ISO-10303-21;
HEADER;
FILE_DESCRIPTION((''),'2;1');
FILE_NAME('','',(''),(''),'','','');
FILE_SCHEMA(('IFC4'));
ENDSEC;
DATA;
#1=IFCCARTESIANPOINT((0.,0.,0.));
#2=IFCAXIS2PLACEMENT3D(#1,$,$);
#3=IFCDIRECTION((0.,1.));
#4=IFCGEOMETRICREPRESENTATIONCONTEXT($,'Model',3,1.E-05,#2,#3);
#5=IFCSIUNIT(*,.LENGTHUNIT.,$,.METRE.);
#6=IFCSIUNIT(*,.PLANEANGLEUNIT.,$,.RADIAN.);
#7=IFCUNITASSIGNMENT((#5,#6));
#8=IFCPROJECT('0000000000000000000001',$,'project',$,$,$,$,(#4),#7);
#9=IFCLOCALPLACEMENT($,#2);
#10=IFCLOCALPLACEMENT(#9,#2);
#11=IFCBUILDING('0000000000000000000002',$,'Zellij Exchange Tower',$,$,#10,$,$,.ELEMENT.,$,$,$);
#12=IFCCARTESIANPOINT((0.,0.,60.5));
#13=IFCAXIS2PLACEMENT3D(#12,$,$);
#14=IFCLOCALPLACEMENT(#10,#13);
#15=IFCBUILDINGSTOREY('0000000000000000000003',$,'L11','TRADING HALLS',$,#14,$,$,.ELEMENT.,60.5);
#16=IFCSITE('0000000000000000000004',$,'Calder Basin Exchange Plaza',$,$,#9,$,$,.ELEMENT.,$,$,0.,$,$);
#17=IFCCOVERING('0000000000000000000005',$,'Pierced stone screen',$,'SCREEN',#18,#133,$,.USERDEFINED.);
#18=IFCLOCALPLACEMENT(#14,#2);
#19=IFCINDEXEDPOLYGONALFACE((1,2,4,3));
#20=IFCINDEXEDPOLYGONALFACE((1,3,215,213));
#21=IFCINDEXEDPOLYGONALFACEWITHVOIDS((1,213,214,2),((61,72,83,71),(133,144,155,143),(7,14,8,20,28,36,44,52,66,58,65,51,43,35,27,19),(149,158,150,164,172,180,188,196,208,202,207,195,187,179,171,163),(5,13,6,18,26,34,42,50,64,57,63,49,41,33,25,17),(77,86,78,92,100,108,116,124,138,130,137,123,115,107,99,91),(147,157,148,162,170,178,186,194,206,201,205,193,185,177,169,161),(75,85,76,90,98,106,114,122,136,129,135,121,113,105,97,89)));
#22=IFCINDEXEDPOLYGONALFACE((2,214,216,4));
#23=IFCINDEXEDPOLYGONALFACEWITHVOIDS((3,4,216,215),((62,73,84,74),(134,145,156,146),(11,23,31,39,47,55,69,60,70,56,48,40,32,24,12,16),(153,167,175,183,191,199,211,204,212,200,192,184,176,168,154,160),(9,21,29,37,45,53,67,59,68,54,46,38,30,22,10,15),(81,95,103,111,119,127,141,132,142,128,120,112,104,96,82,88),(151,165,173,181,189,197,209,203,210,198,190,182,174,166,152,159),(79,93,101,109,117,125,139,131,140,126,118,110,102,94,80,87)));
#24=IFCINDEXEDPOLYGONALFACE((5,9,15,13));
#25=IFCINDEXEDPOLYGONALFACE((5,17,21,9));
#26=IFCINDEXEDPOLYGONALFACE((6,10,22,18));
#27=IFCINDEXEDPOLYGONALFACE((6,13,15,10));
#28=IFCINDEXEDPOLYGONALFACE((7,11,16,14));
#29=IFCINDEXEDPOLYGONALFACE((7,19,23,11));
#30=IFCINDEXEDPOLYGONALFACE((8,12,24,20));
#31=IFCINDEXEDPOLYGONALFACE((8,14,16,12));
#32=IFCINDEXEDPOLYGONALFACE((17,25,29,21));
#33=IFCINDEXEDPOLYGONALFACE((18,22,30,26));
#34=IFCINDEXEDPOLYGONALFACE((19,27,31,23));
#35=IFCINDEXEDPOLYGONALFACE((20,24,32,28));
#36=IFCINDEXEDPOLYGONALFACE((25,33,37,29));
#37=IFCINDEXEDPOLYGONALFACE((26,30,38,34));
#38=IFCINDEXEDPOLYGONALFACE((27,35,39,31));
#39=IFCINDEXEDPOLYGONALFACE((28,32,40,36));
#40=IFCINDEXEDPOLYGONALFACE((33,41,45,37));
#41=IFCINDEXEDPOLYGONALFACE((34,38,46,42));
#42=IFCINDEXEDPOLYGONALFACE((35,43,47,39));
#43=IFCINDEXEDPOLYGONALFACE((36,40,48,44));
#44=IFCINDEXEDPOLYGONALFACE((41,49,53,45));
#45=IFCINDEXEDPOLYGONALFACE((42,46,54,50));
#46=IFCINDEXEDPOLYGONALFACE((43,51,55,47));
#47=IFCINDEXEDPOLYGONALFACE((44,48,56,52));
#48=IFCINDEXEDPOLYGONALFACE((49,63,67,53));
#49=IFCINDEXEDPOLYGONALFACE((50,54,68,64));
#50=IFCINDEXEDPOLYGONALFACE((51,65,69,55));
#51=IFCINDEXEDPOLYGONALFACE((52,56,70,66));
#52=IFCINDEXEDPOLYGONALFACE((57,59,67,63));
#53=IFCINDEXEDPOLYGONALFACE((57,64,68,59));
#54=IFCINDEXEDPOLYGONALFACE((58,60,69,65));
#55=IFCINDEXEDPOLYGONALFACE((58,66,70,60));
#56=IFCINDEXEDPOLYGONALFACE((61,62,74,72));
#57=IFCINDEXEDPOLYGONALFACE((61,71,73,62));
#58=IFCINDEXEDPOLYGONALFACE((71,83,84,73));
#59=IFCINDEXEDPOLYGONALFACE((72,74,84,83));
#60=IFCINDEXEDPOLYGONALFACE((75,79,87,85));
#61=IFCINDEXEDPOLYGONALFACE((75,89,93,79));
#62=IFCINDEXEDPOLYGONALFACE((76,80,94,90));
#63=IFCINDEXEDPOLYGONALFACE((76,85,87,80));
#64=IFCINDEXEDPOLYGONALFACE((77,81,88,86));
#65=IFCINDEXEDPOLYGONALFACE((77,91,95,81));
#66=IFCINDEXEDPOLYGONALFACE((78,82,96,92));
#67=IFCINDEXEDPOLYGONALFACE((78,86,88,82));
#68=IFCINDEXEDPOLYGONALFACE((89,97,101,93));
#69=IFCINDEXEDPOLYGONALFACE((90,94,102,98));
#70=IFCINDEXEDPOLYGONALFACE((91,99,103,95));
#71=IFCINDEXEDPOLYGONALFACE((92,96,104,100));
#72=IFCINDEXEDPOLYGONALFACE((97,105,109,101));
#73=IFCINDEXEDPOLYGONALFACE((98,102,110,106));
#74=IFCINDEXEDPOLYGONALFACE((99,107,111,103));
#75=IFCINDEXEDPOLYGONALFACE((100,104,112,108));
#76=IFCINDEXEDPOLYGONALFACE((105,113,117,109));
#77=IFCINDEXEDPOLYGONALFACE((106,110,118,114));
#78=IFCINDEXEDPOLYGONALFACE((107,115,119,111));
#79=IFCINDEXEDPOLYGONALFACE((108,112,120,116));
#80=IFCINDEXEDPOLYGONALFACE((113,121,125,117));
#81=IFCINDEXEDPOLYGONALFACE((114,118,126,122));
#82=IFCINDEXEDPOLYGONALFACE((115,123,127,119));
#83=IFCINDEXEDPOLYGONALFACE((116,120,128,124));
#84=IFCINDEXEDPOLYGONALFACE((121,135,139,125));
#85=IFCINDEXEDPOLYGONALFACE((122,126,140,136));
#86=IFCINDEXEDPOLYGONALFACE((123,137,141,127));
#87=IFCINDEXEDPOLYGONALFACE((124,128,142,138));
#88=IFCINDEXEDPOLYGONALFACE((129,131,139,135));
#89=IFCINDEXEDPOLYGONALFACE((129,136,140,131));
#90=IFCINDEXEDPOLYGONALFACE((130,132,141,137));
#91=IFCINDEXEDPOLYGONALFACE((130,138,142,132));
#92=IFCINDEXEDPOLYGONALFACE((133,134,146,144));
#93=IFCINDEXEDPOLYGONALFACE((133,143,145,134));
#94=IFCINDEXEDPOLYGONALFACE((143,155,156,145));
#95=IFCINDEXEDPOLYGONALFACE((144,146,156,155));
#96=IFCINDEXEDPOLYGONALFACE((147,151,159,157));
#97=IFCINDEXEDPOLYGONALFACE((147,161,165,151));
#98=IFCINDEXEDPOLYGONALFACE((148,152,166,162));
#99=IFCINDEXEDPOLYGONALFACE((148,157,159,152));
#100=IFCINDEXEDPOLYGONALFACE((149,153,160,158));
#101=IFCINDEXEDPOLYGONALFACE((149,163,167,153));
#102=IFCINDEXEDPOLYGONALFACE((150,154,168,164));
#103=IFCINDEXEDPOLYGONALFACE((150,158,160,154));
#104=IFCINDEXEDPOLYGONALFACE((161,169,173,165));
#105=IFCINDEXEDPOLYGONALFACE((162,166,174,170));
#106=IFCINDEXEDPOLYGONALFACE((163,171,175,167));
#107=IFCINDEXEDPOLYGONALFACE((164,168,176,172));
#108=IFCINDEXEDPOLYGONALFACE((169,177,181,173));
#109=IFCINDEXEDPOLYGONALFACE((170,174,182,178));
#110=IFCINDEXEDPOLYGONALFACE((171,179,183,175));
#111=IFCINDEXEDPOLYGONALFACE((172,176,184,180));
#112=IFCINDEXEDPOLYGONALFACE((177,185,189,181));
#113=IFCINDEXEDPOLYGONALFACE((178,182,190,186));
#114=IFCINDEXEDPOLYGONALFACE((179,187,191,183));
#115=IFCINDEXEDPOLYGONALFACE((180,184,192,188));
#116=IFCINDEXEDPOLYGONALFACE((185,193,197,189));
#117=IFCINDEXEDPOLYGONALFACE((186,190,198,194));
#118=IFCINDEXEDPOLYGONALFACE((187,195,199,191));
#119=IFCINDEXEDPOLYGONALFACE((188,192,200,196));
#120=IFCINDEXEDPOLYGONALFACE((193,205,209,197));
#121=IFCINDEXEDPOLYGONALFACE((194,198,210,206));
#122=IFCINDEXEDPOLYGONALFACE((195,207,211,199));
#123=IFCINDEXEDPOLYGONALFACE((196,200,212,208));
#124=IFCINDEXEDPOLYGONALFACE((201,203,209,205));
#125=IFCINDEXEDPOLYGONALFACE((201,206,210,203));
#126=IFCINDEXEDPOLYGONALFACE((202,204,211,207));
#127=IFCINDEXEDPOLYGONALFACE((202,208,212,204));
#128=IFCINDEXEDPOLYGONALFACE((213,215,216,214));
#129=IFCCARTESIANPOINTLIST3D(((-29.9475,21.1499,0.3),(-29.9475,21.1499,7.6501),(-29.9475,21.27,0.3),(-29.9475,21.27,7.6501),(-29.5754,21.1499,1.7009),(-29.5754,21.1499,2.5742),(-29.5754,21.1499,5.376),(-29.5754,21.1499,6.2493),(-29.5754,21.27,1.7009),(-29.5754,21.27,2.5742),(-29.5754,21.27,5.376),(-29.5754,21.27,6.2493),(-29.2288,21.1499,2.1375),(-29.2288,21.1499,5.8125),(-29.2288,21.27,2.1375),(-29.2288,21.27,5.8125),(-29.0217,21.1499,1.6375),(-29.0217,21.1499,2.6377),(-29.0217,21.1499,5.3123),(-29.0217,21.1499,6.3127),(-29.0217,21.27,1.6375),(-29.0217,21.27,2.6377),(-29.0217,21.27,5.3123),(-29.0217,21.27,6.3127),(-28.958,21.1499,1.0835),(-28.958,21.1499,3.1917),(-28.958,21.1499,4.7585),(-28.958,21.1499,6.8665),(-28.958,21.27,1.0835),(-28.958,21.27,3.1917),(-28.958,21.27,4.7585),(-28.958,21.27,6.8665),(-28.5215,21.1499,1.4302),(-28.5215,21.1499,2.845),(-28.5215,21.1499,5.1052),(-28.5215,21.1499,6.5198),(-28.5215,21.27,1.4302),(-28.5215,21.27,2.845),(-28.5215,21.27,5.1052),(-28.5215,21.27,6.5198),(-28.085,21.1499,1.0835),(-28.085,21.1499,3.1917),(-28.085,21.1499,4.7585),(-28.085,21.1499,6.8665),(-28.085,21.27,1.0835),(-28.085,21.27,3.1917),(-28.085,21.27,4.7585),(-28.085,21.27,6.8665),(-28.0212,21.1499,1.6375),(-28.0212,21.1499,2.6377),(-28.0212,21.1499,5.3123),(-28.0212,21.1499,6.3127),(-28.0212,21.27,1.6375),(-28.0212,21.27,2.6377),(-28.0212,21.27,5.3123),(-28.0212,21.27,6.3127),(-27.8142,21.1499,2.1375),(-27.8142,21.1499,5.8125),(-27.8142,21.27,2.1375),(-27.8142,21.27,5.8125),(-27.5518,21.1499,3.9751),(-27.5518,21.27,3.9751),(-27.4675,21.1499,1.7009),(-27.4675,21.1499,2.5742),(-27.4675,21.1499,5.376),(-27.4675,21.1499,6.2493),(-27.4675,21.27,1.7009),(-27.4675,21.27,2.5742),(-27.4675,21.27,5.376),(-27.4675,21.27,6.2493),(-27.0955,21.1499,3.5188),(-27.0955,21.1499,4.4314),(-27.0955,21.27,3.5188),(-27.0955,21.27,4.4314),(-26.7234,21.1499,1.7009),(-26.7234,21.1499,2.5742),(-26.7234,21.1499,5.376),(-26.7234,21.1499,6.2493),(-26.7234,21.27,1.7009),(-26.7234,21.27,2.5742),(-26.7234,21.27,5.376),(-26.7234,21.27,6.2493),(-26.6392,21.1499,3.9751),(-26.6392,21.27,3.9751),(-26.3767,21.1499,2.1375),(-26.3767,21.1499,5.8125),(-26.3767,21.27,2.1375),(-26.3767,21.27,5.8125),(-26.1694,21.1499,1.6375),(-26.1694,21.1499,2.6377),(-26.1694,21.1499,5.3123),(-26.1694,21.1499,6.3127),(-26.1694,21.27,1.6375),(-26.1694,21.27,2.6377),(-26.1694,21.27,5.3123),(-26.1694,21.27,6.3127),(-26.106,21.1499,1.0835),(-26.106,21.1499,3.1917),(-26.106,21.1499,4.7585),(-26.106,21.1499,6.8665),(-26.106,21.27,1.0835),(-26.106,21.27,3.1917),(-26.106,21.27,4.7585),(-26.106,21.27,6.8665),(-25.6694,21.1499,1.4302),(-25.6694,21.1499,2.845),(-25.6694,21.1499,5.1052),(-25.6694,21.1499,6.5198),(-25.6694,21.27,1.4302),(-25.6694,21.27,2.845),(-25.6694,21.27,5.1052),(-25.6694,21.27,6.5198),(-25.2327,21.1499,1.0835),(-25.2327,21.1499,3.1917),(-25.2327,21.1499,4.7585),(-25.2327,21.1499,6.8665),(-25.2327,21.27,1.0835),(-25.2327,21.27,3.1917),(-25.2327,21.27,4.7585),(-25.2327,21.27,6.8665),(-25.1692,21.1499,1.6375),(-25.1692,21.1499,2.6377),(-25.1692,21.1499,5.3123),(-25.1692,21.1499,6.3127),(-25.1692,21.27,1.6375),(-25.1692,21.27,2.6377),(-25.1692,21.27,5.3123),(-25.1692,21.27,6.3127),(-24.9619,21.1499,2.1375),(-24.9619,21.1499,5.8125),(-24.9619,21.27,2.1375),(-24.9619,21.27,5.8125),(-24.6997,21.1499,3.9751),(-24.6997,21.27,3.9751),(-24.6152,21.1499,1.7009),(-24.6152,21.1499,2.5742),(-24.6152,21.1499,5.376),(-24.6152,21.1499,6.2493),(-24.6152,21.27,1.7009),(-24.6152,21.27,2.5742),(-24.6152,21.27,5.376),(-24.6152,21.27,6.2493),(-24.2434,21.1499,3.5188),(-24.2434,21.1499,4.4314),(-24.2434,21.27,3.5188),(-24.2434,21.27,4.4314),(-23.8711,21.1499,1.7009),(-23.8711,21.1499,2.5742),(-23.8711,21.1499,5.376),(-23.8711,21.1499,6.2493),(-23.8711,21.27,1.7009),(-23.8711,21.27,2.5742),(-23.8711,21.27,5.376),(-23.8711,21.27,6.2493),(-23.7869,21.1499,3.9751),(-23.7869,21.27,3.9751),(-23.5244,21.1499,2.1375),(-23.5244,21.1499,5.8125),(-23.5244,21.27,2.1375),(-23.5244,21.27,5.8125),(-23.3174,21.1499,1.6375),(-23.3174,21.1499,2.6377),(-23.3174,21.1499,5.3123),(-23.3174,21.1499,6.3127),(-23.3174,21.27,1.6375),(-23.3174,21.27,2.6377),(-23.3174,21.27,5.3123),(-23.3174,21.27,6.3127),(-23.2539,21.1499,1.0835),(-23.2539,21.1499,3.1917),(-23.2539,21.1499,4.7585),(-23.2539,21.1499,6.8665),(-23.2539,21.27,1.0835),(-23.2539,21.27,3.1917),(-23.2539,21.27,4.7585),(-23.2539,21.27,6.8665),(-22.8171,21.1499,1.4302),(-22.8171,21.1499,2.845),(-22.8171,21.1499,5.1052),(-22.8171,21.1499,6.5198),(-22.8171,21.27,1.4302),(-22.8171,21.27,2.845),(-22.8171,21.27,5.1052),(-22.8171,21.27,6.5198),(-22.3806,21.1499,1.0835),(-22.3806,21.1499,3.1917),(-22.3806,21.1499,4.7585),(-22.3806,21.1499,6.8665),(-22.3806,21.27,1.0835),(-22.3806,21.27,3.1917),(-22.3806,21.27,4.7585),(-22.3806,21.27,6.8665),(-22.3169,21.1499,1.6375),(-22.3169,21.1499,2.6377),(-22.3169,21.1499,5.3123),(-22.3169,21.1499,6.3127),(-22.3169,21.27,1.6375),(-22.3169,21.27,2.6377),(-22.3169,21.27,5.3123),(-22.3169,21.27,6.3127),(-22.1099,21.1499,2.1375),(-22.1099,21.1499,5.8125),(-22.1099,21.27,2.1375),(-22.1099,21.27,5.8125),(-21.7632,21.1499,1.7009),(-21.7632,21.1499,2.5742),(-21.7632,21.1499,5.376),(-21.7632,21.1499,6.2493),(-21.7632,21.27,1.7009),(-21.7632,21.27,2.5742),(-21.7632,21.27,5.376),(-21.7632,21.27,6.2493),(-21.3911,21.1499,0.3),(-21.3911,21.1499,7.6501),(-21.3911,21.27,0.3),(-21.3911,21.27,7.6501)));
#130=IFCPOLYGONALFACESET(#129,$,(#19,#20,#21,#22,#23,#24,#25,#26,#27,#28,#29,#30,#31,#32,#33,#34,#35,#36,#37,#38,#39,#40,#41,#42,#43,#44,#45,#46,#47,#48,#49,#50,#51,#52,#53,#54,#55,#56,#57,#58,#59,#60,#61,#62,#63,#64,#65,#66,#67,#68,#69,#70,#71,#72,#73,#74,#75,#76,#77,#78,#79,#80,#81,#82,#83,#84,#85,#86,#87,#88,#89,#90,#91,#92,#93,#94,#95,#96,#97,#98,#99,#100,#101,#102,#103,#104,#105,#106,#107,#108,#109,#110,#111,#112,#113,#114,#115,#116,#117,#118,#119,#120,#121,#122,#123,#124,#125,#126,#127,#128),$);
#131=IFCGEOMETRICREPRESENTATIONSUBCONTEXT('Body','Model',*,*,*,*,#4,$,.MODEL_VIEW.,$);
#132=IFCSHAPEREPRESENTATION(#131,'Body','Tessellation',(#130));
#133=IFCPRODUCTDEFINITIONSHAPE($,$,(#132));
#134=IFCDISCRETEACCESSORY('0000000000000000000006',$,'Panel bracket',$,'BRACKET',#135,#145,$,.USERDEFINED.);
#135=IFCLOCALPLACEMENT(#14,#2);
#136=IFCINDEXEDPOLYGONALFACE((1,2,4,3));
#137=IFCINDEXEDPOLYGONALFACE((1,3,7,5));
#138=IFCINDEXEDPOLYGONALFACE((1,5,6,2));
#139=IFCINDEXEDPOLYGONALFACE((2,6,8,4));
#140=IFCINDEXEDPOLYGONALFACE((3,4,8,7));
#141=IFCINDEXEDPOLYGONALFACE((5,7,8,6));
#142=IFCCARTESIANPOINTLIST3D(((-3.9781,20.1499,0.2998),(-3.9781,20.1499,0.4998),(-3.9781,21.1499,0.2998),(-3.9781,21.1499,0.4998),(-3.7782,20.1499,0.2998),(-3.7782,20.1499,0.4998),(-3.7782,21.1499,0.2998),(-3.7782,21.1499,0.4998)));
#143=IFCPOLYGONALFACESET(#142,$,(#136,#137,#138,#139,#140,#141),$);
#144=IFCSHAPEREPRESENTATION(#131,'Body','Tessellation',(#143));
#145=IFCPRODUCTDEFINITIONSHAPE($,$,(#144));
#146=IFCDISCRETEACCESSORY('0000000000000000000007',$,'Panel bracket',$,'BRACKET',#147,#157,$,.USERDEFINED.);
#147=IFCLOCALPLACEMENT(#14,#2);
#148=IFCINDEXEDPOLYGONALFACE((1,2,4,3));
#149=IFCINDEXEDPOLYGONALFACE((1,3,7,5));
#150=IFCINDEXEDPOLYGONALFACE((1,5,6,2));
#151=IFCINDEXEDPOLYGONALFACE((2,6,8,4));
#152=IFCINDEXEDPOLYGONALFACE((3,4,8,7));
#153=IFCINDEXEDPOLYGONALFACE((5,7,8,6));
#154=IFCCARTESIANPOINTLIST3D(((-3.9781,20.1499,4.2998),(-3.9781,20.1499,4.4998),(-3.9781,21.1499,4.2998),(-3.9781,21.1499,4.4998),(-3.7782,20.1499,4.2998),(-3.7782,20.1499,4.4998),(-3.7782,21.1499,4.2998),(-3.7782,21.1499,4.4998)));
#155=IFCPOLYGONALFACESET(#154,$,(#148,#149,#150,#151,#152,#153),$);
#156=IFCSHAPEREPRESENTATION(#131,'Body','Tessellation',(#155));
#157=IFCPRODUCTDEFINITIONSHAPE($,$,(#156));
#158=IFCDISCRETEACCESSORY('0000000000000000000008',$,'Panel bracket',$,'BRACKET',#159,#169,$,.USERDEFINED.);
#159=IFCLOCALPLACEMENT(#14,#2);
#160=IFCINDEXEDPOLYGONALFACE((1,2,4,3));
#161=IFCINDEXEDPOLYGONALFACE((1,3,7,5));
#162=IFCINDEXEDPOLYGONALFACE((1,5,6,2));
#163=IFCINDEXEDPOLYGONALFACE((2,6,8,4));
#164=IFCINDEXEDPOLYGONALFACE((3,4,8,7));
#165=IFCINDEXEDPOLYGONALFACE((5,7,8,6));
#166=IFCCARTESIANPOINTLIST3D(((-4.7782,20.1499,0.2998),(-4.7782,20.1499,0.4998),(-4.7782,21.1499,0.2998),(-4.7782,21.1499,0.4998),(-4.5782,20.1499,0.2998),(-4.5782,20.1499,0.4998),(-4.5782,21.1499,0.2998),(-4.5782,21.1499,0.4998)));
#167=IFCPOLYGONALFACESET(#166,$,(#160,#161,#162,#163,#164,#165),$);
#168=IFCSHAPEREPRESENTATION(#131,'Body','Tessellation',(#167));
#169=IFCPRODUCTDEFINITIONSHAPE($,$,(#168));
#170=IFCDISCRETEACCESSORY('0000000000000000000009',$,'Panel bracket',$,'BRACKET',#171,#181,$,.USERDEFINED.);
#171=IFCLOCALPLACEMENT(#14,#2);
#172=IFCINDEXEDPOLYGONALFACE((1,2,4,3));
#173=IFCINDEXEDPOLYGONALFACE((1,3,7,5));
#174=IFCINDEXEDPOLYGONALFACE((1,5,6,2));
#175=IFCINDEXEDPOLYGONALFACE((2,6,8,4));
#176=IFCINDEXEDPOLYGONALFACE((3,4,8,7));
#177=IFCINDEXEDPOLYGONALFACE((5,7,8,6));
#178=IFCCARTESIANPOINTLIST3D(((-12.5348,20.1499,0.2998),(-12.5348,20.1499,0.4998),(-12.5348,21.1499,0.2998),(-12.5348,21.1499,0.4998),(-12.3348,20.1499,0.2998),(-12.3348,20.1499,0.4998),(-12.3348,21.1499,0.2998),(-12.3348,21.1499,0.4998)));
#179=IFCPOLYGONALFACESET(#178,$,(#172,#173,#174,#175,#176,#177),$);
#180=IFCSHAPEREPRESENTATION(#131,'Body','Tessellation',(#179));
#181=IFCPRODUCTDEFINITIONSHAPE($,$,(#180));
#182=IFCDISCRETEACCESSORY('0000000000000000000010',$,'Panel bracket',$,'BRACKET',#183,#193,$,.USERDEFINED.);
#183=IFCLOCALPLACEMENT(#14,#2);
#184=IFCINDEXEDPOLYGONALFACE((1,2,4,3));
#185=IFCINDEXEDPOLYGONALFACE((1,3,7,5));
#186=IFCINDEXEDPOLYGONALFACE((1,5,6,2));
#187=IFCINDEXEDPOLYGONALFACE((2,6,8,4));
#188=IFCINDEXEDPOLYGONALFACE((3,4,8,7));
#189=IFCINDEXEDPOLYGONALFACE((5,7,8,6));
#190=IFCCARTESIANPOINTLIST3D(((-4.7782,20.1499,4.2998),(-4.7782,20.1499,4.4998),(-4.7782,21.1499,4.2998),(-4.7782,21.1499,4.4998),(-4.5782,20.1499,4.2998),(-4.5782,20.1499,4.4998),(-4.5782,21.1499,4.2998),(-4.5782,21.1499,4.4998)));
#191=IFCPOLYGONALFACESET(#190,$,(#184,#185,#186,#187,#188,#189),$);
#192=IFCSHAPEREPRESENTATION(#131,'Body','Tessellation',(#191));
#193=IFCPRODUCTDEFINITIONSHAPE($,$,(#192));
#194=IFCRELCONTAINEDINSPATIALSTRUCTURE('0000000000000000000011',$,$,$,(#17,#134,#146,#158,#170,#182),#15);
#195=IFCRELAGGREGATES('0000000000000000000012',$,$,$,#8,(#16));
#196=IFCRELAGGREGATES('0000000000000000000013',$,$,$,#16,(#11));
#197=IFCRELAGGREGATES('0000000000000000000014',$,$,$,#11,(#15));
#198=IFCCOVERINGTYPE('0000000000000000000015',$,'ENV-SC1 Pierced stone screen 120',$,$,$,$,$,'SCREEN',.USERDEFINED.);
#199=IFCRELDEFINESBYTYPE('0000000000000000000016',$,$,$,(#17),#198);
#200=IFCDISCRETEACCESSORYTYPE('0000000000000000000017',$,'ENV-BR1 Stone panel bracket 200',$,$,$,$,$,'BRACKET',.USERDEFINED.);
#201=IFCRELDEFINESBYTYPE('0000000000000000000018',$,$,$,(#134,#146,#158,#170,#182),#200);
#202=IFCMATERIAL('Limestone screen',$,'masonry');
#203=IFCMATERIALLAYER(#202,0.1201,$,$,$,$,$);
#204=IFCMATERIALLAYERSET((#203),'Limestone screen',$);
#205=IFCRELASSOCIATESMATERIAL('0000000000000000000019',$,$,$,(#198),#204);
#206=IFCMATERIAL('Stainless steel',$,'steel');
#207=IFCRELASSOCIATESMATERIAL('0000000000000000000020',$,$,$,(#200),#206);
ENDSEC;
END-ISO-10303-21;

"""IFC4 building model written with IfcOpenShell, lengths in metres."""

from ifc_helpers import new_model, si_unit, direction, frame, origin, origin_2d, place, context, subcontext, project, spatial, polyline, rectangle, outline, extrude, material, layer, layer_set, type_object, element, save


model = new_model("IFC4")

# Units and contexts
model_context = context("Model", 3, precision=1e-05, world=origin(), true_north=direction((0.0, 1.0)))
body_context = subcontext(model_context, "Body", "Model", "MODEL_VIEW")
ifc_project = project(units=[si_unit("LENGTHUNIT", "METRE"), si_unit("PLANEANGLEUNIT", "RADIAN")], contexts=[model_context])

# Site, building, storey
site_placement = place(None, origin())
site = spatial("IfcSite", under=ifc_project, at=site_placement, Name="Calder Basin Exchange Plaza", CompositionType="ELEMENT", RefElevation=0.0)
building_placement = place(site_placement, origin())
building = spatial("IfcBuilding", under=site, at=building_placement, Name="Zellij Exchange Tower", CompositionType="ELEMENT")
storey_placement = place(building_placement, frame((0.0, 0.0, 60.5)))
storey = spatial("IfcBuildingStorey", under=building, at=storey_placement, Name="L11", Description="TRADING HALLS", CompositionType="ELEMENT", Elevation=60.5)

# Covering
ifc_material_1 = material(Name="Limestone screen", Category="masonry")
ifc_layer = layer(ifc_material_1, 0.1201)
ifc_layer_set = layer_set([ifc_layer], Name="Limestone screen")
covering_type = type_object("IfcCoveringType", Name="ENV-SC1 Pierced stone screen 120", ElementType="SCREEN", PredefinedType="USERDEFINED", material=ifc_layer_set)
covering_1_placement = place(storey_placement, frame((-21.3911, 21.21, 0.3), z_axis=(0.0, 0.0, 1.0), x_axis=(-1.0, 0.0, 0.0)))
element("IfcCovering", 1, at=covering_1_placement, inside=storey, type_object=covering_type, Name="Pierced stone screen", ObjectType="SCREEN", PredefinedType="USERDEFINED", context=body_context, shape_type="SweptSolid", body=[
    extrude(outline(polyline([(0.0, 0.0), (8.5564, 0.0), (8.5564, 7.3501), (0.0, 7.3501), (0.0, 0.0)]), holes=[polyline([(2.48, 2.2742), (1.9263, 2.3376), (1.8628, 2.8916), (1.426, 2.5449), (0.9895, 2.8916), (0.9258, 2.3376), (0.3721, 2.2742), (0.7188, 1.8374), (0.3721, 1.4009), (0.9258, 1.3374), (0.9895, 0.7834), (1.426, 1.1301), (1.8628, 0.7834), (1.9263, 1.3374), (2.48, 1.4009), (2.1333, 1.8374), (2.48, 2.2742)]), polyline([(2.48, 5.9492), (1.9263, 6.0127), (1.8628, 6.5664), (1.426, 6.2197), (0.9895, 6.5664), (0.9258, 6.0127), (0.3721, 5.9492), (0.7188, 5.5125), (0.3721, 5.0759), (0.9258, 5.0122), (0.9895, 4.4585), (1.426, 4.8052), (1.8628, 4.4585), (1.9263, 5.0122), (2.48, 5.0759), (2.1333, 5.5125), (2.48, 5.9492)]), polyline([(5.3323, 2.2742), (4.7783, 2.3376), (4.7148, 2.8916), (4.2783, 2.5449), (3.8416, 2.8916), (3.7781, 2.3376), (3.2241, 2.2742), (3.5708, 1.8374), (3.2241, 1.4009), (3.7781, 1.3374), (3.8416, 0.7834), (4.2783, 1.1301), (4.7148, 0.7834), (4.7783, 1.3374), (5.3323, 1.4009), (4.9856, 1.8374), (5.3323, 2.2742)]), polyline([(5.3323, 5.9492), (4.7783, 6.0127), (4.7148, 6.5664), (4.2783, 6.2197), (3.8416, 6.5664), (3.7781, 6.0127), (3.2241, 5.9492), (3.5708, 5.5125), (3.2241, 5.0759), (3.7781, 5.0122), (3.8416, 4.4585), (4.2783, 4.8052), (4.7148, 4.4585), (4.7783, 5.0122), (5.3323, 5.0759), (4.9856, 5.5125), (5.3323, 5.9492)]), polyline([(8.1843, 2.2742), (7.6306, 2.3376), (7.5669, 2.8916), (7.1304, 2.5449), (6.6938, 2.8916), (6.6301, 2.3376), (6.0764, 2.2742), (6.4231, 1.8374), (6.0764, 1.4009), (6.6301, 1.3374), (6.6938, 0.7834), (7.1304, 1.1301), (7.5669, 0.7834), (7.6306, 1.3374), (8.1843, 1.4009), (7.8376, 1.8374), (8.1843, 2.2742)]), polyline([(8.1843, 5.9492), (7.6306, 6.0127), (7.5669, 6.5664), (7.1304, 6.2197), (6.6938, 6.5664), (6.6301, 6.0127), (6.0764, 5.9492), (6.4231, 5.5125), (6.0764, 5.0759), (6.6301, 5.0122), (6.6938, 4.4585), (7.1304, 4.8052), (7.5669, 4.4585), (7.6306, 5.0122), (8.1843, 5.0759), (7.8376, 5.5125), (8.1843, 5.9492)]), polyline([(3.3086, 3.675), (2.8523, 4.1313), (2.3958, 3.675), (2.8523, 3.2188), (3.3086, 3.675)]), polyline([(6.1606, 3.675), (5.7043, 4.1313), (5.248, 3.675), (5.7043, 3.2188), (6.1606, 3.675)])]), frame((0.0, 0.0601, 0.0), z_axis=(0.0, -1.0, 0.0), x_axis=(1.0, 0.0, 0.0)), (0.0, 0.0, 1.0), 0.1201),
])

# Discrete accessories
ifc_material_2 = material(Name="Stainless steel", Category="steel")
discrete_accessory_type = type_object("IfcDiscreteAccessoryType", Name="ENV-BR1 Stone panel bracket 200", ElementType="BRACKET", PredefinedType="USERDEFINED", material=ifc_material_2)
for number, where, z_axis, x_axis, name in (
    (2, (-3.8782, 20.6499, 0.2998), (0.0, 0.0, 1.0), (-1.0, 0.0, 0.0), "Panel bracket"),
    (3, (-3.8782, 20.6499, 4.2998), (0.0, 0.0, 1.0), (-1.0, 0.0, 0.0), "Panel bracket"),
    (4, (-4.6782, 20.6499, 0.2998), (0.0, 0.0, 1.0), (-1.0, 0.0, 0.0), "Panel bracket"),
    (5, (-12.4348, 20.6499, 0.2998), (0.0, 0.0, 1.0), (-1.0, 0.0, 0.0), "Panel bracket"),
    (6, (-4.6782, 20.6499, 4.2998), (0.0, 0.0, 1.0), (-1.0, 0.0, 0.0), "Panel bracket"),
):
    element("IfcDiscreteAccessory", number, at=place(storey_placement, frame(where, z_axis=z_axis, x_axis=x_axis)), inside=storey, type_object=discrete_accessory_type, Name=name, ObjectType="BRACKET", PredefinedType="USERDEFINED", context=body_context, shape_type="SweptSolid", body=[
        extrude(rectangle(XDim=0.2, YDim=1.0, at=origin_2d()), origin(), (0.0, 0.0, 1.0), 0.2),
    ])

save(model, "model.ifc")
